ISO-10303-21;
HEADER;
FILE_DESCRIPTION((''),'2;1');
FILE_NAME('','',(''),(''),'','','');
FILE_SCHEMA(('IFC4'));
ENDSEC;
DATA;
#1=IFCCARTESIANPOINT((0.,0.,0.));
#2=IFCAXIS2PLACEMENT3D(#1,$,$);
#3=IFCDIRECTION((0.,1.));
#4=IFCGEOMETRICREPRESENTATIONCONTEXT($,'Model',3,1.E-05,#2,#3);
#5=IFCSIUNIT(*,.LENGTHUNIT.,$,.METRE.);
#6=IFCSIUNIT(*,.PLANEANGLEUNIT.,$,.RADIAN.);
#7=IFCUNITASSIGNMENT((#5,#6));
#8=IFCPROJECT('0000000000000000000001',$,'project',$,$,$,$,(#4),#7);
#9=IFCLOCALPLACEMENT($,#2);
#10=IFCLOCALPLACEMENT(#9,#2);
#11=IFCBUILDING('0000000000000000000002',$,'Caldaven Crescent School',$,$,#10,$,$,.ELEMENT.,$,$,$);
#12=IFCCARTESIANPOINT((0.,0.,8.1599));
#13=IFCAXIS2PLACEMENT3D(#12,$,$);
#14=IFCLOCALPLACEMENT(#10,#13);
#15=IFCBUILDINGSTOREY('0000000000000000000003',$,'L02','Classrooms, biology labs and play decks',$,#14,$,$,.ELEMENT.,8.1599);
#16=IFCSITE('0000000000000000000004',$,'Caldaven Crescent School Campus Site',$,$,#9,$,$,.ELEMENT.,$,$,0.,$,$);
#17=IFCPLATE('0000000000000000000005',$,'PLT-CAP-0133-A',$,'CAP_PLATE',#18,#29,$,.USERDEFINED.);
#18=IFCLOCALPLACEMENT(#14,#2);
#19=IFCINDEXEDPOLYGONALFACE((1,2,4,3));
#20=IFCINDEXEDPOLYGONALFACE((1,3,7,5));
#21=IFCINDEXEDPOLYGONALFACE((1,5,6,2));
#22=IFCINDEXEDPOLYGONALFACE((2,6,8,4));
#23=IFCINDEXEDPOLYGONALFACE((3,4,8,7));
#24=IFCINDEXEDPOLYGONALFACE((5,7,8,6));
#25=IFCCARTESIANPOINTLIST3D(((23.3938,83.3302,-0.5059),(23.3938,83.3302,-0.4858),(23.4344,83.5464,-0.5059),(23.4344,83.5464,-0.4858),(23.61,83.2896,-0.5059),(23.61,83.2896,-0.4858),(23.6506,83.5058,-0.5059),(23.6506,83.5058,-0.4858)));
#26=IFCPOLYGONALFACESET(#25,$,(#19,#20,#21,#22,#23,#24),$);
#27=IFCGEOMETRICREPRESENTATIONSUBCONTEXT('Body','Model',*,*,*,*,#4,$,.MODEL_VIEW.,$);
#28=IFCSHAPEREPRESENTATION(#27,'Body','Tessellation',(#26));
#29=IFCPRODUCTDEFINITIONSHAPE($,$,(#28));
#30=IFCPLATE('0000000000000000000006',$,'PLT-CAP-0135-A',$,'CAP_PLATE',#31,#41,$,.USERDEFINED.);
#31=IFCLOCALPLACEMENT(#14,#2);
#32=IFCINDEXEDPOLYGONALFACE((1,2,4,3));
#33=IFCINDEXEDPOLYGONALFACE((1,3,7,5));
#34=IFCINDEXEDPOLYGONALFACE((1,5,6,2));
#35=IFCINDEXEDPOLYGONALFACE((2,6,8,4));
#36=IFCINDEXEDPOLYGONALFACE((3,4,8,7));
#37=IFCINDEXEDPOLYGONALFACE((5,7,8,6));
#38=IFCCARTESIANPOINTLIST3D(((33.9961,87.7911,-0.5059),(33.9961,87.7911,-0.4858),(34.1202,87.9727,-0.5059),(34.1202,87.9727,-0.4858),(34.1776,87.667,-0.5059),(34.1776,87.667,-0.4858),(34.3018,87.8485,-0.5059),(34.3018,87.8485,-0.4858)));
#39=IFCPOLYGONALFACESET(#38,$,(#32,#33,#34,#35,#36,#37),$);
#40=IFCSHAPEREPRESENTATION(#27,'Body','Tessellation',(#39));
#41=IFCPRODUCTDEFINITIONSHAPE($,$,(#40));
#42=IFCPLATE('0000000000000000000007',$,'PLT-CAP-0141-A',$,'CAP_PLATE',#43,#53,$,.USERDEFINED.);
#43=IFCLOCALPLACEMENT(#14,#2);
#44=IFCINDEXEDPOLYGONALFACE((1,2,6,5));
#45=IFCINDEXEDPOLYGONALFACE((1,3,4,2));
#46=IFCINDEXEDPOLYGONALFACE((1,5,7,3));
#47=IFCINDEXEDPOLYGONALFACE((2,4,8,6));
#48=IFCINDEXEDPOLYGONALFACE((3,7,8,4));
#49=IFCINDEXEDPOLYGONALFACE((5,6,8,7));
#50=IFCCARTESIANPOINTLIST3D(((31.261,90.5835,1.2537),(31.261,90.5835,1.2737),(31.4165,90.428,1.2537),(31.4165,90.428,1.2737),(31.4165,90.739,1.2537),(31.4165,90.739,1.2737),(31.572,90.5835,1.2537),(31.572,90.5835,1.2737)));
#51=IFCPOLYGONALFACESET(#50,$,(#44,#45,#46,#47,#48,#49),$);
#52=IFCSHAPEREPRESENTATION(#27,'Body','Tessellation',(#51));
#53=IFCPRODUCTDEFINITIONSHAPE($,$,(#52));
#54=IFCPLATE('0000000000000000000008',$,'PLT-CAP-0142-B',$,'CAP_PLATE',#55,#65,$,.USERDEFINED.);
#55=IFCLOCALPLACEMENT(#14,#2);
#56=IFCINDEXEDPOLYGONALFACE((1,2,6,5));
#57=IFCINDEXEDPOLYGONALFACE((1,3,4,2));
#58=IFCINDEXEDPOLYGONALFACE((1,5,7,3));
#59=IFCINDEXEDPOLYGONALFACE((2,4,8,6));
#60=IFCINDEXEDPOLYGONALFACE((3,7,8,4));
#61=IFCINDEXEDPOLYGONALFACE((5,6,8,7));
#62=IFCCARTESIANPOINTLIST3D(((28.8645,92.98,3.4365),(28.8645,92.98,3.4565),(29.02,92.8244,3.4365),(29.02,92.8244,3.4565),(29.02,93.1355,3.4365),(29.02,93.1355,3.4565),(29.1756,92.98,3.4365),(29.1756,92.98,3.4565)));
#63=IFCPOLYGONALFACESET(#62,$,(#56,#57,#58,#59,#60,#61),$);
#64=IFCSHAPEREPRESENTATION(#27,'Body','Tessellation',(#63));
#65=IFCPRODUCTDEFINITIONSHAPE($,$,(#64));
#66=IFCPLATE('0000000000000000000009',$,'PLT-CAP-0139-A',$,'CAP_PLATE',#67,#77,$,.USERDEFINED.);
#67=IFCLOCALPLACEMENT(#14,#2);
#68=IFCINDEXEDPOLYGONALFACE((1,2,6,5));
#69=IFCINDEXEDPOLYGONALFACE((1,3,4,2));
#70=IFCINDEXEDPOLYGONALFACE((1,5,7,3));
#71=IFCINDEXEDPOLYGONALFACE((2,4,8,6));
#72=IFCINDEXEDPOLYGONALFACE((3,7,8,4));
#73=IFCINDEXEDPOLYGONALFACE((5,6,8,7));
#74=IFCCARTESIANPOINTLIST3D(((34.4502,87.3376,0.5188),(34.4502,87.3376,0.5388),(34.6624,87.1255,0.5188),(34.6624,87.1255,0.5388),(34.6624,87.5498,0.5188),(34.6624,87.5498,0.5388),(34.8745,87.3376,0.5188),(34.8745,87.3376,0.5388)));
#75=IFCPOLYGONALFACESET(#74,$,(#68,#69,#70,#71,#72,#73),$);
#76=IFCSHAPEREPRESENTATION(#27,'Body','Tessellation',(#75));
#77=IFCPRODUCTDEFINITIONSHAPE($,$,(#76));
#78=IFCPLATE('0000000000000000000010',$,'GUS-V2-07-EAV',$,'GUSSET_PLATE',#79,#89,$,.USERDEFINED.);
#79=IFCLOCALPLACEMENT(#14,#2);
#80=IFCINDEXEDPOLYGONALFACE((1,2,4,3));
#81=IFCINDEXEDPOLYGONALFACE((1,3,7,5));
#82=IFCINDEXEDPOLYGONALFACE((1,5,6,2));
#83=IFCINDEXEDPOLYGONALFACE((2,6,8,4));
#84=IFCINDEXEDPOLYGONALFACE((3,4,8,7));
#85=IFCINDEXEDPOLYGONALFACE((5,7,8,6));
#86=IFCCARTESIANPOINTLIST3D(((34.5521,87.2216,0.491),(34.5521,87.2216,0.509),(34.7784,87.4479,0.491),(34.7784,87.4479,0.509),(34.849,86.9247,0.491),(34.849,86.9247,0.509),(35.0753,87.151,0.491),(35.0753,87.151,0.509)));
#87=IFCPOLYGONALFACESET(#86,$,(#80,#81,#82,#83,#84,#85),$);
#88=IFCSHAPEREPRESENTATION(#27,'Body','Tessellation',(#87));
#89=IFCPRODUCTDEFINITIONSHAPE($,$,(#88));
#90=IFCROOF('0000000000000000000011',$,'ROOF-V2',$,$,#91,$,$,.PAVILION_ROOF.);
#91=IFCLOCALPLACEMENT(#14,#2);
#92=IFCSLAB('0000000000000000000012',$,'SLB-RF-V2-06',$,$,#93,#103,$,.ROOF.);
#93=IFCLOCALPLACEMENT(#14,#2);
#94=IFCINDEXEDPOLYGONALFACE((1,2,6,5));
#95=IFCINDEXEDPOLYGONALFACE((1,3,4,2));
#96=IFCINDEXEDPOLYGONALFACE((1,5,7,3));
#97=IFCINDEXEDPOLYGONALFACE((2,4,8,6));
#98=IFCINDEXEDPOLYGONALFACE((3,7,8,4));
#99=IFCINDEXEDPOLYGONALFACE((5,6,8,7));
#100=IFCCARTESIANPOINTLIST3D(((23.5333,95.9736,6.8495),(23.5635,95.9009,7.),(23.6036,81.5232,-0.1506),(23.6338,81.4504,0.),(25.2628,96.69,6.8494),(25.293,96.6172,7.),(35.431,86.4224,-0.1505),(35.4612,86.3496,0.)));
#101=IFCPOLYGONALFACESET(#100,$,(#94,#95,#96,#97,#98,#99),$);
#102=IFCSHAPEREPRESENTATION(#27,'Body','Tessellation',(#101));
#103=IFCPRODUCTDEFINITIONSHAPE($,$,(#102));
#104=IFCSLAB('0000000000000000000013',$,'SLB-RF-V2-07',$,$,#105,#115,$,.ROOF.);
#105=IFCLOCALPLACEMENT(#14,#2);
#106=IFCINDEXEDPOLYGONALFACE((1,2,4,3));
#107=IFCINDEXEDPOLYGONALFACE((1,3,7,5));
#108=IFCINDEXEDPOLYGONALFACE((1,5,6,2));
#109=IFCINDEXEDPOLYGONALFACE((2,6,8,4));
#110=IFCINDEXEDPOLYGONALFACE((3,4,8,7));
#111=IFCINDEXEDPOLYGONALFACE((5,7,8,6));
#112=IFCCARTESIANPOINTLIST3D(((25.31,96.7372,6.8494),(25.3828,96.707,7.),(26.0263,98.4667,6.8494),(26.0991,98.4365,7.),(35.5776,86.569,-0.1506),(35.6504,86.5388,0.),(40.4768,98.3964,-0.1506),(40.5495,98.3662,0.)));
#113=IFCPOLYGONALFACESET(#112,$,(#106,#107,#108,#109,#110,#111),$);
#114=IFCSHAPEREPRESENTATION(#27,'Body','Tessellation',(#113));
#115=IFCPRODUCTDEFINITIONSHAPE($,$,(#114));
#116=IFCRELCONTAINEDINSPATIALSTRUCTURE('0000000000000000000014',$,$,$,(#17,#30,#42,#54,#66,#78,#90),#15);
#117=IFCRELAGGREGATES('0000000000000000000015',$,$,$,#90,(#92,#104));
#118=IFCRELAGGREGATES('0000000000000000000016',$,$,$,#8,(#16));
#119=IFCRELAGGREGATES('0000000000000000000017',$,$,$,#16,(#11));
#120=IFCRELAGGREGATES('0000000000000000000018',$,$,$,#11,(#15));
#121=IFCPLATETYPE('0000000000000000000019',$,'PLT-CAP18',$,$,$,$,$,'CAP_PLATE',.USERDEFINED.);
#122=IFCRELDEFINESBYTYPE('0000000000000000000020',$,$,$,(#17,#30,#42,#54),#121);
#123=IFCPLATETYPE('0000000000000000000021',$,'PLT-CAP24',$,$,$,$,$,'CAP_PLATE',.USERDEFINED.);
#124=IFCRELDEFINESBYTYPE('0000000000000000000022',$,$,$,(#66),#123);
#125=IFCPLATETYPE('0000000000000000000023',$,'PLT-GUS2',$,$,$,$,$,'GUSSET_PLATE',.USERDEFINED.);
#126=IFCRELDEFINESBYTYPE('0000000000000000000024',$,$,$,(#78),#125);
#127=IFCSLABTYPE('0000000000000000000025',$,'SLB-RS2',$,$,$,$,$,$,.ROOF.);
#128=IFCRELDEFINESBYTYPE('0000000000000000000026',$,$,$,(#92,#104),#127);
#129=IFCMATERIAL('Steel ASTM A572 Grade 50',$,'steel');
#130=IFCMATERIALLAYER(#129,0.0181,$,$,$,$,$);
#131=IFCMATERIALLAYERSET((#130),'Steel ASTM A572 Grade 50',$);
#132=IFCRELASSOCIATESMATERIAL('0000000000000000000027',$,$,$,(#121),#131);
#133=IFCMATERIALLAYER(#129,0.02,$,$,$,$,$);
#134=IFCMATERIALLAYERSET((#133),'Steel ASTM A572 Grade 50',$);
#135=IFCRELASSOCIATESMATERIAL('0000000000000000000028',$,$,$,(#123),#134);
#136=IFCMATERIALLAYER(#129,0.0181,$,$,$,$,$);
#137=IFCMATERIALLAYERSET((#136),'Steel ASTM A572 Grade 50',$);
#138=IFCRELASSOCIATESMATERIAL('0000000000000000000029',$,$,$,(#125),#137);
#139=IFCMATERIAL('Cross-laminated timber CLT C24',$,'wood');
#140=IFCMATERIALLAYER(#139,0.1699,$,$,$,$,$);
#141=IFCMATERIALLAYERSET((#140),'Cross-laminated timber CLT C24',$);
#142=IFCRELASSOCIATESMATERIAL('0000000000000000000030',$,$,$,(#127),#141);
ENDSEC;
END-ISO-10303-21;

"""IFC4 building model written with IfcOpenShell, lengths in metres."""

from ifc_helpers import new_model, si_unit, direction, frame, origin, origin_2d, place, context, subcontext, project, spatial, polyline, rectangle, outline, extrude, material, layer, layer_set, type_object, element, aggregate, save


model = new_model("IFC4")

# Units and contexts
model_context = context("Model", 3, precision=1e-05, world=origin(), true_north=direction((0.0, 1.0)))
body_context = subcontext(model_context, "Body", "Model", "MODEL_VIEW")
ifc_project = project(units=[si_unit("LENGTHUNIT", "METRE"), si_unit("PLANEANGLEUNIT", "RADIAN")], contexts=[model_context])

# Site, building, storey
site_placement = place(None, origin())
site = spatial("IfcSite", under=ifc_project, at=site_placement, Name="Caldaven Crescent School Campus Site", CompositionType="ELEMENT", RefElevation=0.0)
building_placement = place(site_placement, origin())
building = spatial("IfcBuilding", under=site, at=building_placement, Name="Caldaven Crescent School", CompositionType="ELEMENT")
storey_placement = place(building_placement, frame((0.0, 0.0, 8.1599)))
storey = spatial("IfcBuildingStorey", under=building, at=storey_placement, Name="L02", Description="Classrooms, biology labs and play decks", CompositionType="ELEMENT", Elevation=8.1599)

# Shared definitions
ifc_material_1 = material(Name="Steel ASTM A572 Grade 50", Category="steel")

# Plates
ifc_layer_1 = layer(ifc_material_1, 0.0181)
ifc_layer_set_1 = layer_set([ifc_layer_1], Name="Steel ASTM A572 Grade 50")
plate_type_1 = type_object("IfcPlateType", Name="PLT-CAP18", ElementType="CAP_PLATE", PredefinedType="USERDEFINED", material=ifc_layer_set_1)
for number, where, z_axis, x_axis, name in (
    (1, (23.5222, 83.418, -0.5059), (0.0, 0.0, 1.0), (0.184638, 0.982807, 0.0), "PLT-CAP-0133-A"),
    (2, (34.1489, 87.8198, -0.5059), (0.0, 0.0, 1.0), (-0.825508, 0.564391, 0.0), "PLT-CAP-0135-A"),
    (3, (31.4165, 90.5835, 1.2537), (0.0, 0.0, 1.0), (-0.707107, 0.707107, 0.0), "PLT-CAP-0141-A"),
    (4, (29.02, 92.98, 3.4365), (0.0, 0.0, 1.0), (-0.707107, 0.707107, 0.0), "PLT-CAP-0142-B"),
):
    element("IfcPlate", number, at=place(storey_placement, frame(where, z_axis=z_axis, x_axis=x_axis)), inside=storey, type_object=plate_type_1, Name=name, ObjectType="CAP_PLATE", PredefinedType="USERDEFINED", context=body_context, shape_type="SweptSolid", body=[
        extrude(rectangle(XDim=0.22, YDim=0.22, at=origin_2d()), origin(), (0.0, 0.0, 1.0), 0.02),
    ])
ifc_layer_2 = layer(ifc_material_1, 0.02)
ifc_layer_set_2 = layer_set([ifc_layer_2], Name="Steel ASTM A572 Grade 50")
plate_type_2 = type_object("IfcPlateType", Name="PLT-CAP24", ElementType="CAP_PLATE", PredefinedType="USERDEFINED", material=ifc_layer_set_2)
plate_1_placement = place(storey_placement, frame((34.6624, 87.3376, 0.5188), z_axis=(0.0, 0.0, 1.0), x_axis=(-0.707107, 0.707107, 0.0)))
element("IfcPlate", 5, at=plate_1_placement, inside=storey, type_object=plate_type_2, Name="PLT-CAP-0139-A", ObjectType="CAP_PLATE", PredefinedType="USERDEFINED", context=body_context, shape_type="SweptSolid", body=[
    extrude(rectangle(XDim=0.3, YDim=0.3, at=origin_2d()), origin(), (0.0, 0.0, 1.0), 0.02),
])
ifc_layer_3 = layer(ifc_material_1, 0.0181)
ifc_layer_set_3 = layer_set([ifc_layer_3], Name="Steel ASTM A572 Grade 50")
plate_type_3 = type_object("IfcPlateType", Name="PLT-GUS2", ElementType="GUSSET_PLATE", PredefinedType="USERDEFINED", material=ifc_layer_set_3)
plate_2_placement = place(storey_placement, frame((34.8137, 87.1863, 0.491), z_axis=(0.0, 0.0, 1.0), x_axis=(0.707107, -0.707107, 0.0)))
element("IfcPlate", 6, at=plate_2_placement, inside=storey, type_object=plate_type_3, Name="GUS-V2-07-EAV", ObjectType="GUSSET_PLATE", PredefinedType="USERDEFINED", context=body_context, shape_type="SweptSolid", body=[
    extrude(rectangle(XDim=0.4199, YDim=0.3201, at=origin_2d()), origin(), (0.0, 0.0, 1.0), 0.0181),
])

# Roof, slabs
roof_placement = place(storey_placement, origin())
roof = element("IfcRoof", 7, at=roof_placement, inside=storey, Name="ROOF-V2", PredefinedType="PAVILION_ROOF")
ifc_material_2 = material(Name="Cross-laminated timber CLT C24", Category="wood")
ifc_layer_4 = layer(ifc_material_2, 0.1699)
ifc_layer_set_4 = layer_set([ifc_layer_4], Name="Cross-laminated timber CLT C24")
slab_type = type_object("IfcSlabType", Name="SLB-RS2", PredefinedType="ROOF", material=ifc_layer_set_4)
slab_1_placement = place(storey_placement, frame((23.6338, 81.4504, 0.0), z_axis=(0.177426, -0.428343, 0.886026), x_axis=(0.923877, 0.382689, 0.000002)))
slab_1 = element("IfcSlab", 8, at=slab_1_placement, type_object=slab_type, Name="SLB-RF-V2-06", PredefinedType="ROOF", context=body_context, shape_type="SweptSolid", body=[
    extrude(outline(polyline([(0.0, 0.0), (12.8019, 0.0), (7.337, 15.098), (5.4651, 15.0981), (0.0, 0.0)])), origin(), (0.0, 0.0, -1.0), 0.1699),
])
slab_2_placement = place(storey_placement, frame((35.6504, 86.5388, 0.0), z_axis=(0.428343, -0.177426, 0.886026), x_axis=(0.382689, 0.923877, -0.000002)))
slab_2 = element("IfcSlab", 9, at=slab_2_placement, type_object=slab_type, Name="SLB-RF-V2-07", PredefinedType="ROOF", context=body_context, shape_type="SweptSolid", body=[
    extrude(outline(polyline([(0.0, 0.0), (12.8019, 0.0), (7.3368, 15.0981), (5.4649, 15.098), (0.0, 0.0)])), origin(), (0.0, 0.0, -1.0), 0.1699),
])
aggregate(roof, [slab_1, slab_2])

save(model, "model.ifc")
